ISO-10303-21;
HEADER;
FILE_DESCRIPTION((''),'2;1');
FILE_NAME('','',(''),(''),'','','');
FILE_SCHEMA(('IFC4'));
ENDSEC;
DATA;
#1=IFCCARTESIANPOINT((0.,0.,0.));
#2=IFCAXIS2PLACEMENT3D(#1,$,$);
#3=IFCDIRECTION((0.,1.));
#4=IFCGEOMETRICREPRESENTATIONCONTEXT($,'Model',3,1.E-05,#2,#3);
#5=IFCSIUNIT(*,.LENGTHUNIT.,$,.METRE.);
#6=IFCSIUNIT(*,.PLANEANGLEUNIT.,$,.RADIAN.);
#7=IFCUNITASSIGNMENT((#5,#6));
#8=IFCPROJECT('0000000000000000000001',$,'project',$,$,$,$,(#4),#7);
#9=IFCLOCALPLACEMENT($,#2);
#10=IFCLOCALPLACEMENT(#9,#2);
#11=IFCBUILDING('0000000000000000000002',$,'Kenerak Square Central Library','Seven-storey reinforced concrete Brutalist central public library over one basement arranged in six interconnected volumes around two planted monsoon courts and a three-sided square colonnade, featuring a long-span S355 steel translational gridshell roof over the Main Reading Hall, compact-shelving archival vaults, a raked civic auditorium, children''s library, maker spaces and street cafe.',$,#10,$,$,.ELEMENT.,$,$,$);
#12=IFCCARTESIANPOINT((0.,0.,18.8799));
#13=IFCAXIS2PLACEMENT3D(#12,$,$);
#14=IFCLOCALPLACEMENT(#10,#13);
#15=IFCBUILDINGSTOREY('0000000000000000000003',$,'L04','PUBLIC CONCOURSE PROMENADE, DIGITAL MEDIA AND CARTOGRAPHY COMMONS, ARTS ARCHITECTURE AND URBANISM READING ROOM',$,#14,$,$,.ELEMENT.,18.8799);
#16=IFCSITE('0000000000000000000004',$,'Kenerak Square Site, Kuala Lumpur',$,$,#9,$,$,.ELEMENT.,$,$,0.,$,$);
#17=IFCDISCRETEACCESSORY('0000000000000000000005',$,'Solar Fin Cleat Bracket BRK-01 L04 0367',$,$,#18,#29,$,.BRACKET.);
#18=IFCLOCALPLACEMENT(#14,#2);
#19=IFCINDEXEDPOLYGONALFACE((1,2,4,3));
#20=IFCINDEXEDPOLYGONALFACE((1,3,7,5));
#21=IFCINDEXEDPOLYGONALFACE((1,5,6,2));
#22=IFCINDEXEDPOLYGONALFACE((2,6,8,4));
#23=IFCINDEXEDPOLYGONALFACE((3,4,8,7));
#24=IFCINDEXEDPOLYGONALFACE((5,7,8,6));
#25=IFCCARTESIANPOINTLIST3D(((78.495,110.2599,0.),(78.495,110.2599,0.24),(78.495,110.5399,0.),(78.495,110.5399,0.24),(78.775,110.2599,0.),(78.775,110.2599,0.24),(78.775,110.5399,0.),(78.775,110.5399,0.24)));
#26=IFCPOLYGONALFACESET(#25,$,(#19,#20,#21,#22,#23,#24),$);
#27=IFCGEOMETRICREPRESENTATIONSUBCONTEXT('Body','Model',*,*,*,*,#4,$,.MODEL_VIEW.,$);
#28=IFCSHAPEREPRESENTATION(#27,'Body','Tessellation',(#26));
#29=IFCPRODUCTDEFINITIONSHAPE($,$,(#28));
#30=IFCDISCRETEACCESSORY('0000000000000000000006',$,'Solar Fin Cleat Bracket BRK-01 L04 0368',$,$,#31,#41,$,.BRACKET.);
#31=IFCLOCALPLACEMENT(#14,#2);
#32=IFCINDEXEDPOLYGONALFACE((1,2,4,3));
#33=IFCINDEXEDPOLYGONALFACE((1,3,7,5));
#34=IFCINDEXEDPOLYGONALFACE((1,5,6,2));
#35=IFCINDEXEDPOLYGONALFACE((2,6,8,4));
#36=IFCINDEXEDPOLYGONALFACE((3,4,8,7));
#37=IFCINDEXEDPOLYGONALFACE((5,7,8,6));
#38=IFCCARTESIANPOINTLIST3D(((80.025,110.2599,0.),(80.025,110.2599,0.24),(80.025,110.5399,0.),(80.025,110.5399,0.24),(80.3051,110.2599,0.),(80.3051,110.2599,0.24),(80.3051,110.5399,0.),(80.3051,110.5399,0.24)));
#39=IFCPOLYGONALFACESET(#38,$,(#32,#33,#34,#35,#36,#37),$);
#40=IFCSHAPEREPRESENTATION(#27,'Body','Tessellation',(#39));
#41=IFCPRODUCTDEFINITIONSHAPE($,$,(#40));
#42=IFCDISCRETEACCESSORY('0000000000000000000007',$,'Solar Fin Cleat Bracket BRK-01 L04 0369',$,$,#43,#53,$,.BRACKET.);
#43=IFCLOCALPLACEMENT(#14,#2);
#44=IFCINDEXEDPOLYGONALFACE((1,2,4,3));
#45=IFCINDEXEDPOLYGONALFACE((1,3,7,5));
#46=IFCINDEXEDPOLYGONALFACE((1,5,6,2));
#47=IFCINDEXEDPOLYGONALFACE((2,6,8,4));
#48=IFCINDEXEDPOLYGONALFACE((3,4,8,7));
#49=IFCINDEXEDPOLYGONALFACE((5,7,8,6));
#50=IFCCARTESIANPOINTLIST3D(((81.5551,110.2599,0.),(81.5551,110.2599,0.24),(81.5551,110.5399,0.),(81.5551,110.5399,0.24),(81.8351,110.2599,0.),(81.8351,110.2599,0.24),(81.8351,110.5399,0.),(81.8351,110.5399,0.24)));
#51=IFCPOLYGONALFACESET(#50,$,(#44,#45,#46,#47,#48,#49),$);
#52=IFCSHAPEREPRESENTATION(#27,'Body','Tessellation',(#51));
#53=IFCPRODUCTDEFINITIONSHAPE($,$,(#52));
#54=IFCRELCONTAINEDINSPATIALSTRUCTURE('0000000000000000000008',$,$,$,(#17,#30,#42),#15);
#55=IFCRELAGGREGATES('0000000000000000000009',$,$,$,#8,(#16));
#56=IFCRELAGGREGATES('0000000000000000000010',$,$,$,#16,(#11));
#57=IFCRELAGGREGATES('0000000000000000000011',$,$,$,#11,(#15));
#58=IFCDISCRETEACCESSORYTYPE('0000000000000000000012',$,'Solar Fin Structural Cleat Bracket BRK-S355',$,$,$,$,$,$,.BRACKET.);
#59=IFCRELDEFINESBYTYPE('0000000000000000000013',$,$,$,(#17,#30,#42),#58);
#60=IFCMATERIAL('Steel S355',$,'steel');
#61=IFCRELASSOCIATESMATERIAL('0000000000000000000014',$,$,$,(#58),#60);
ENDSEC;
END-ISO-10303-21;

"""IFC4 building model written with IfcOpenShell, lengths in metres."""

from ifc_helpers import new_model, si_unit, direction, frame, origin, origin_2d, place, context, subcontext, project, spatial, rectangle, extrude, material, type_object, element, save


model = new_model("IFC4")

# Units and contexts
model_context = context("Model", 3, precision=1e-05, world=origin(), true_north=direction((0.0, 1.0)))
body_context = subcontext(model_context, "Body", "Model", "MODEL_VIEW")
ifc_project = project(units=[si_unit("LENGTHUNIT", "METRE"), si_unit("PLANEANGLEUNIT", "RADIAN")], contexts=[model_context])

# Site, building, storey
site_placement = place(None, origin())
site = spatial("IfcSite", under=ifc_project, at=site_placement, Name="Kenerak Square Site, Kuala Lumpur", CompositionType="ELEMENT", RefElevation=0.0)
building_placement = place(site_placement, origin())
building = spatial("IfcBuilding", under=site, at=building_placement, Name="Kenerak Square Central Library", Description="Seven-storey reinforced concrete Brutalist central public library over one basement arranged in six interconnected volumes around two planted monsoon courts and a three-sided square colonnade, featuring a long-span S355 steel translational gridshell roof over the Main Reading Hall, compact-shelving archival vaults, a raked civic auditorium, children's library, maker spaces and street cafe.", CompositionType="ELEMENT")
storey_placement = place(building_placement, frame((0.0, 0.0, 18.8799)))
storey = spatial("IfcBuildingStorey", under=building, at=storey_placement, Name="L04", Description="PUBLIC CONCOURSE PROMENADE, DIGITAL MEDIA AND CARTOGRAPHY COMMONS, ARTS ARCHITECTURE AND URBANISM READING ROOM", CompositionType="ELEMENT", Elevation=18.8799)

# Shared definitions
ifc_material_1 = material(Name="Steel S355", Category="steel")

# Discrete accessories
discrete_accessory_type = type_object("IfcDiscreteAccessoryType", Name="Solar Fin Structural Cleat Bracket BRK-S355", PredefinedType="BRACKET", material=ifc_material_1)
for number, where, z_axis, x_axis, name in (
    (1, (78.635, 110.3999, 0.0), (0.0, 0.0, 1.0), (1.0, 0.0, 0.0), "Solar Fin Cleat Bracket BRK-01 L04 0367"),
    (2, (80.165, 110.3999, 0.0), (0.0, 0.0, 1.0), (1.0, 0.0, 0.0), "Solar Fin Cleat Bracket BRK-01 L04 0368"),
    (3, (81.6951, 110.3999, 0.0), (0.0, 0.0, 1.0), (1.0, 0.0, 0.0), "Solar Fin Cleat Bracket BRK-01 L04 0369"),
):
    element("IfcDiscreteAccessory", number, at=place(storey_placement, frame(where, z_axis=z_axis, x_axis=x_axis)), inside=storey, type_object=discrete_accessory_type, Name=name, PredefinedType="BRACKET", context=body_context, shape_type="SweptSolid", body=[
        extrude(rectangle(XDim=0.28, YDim=0.28, at=origin_2d()), origin(), (0.0, 0.0, 1.0), 0.24),
    ])

save(model, "model.ifc")
